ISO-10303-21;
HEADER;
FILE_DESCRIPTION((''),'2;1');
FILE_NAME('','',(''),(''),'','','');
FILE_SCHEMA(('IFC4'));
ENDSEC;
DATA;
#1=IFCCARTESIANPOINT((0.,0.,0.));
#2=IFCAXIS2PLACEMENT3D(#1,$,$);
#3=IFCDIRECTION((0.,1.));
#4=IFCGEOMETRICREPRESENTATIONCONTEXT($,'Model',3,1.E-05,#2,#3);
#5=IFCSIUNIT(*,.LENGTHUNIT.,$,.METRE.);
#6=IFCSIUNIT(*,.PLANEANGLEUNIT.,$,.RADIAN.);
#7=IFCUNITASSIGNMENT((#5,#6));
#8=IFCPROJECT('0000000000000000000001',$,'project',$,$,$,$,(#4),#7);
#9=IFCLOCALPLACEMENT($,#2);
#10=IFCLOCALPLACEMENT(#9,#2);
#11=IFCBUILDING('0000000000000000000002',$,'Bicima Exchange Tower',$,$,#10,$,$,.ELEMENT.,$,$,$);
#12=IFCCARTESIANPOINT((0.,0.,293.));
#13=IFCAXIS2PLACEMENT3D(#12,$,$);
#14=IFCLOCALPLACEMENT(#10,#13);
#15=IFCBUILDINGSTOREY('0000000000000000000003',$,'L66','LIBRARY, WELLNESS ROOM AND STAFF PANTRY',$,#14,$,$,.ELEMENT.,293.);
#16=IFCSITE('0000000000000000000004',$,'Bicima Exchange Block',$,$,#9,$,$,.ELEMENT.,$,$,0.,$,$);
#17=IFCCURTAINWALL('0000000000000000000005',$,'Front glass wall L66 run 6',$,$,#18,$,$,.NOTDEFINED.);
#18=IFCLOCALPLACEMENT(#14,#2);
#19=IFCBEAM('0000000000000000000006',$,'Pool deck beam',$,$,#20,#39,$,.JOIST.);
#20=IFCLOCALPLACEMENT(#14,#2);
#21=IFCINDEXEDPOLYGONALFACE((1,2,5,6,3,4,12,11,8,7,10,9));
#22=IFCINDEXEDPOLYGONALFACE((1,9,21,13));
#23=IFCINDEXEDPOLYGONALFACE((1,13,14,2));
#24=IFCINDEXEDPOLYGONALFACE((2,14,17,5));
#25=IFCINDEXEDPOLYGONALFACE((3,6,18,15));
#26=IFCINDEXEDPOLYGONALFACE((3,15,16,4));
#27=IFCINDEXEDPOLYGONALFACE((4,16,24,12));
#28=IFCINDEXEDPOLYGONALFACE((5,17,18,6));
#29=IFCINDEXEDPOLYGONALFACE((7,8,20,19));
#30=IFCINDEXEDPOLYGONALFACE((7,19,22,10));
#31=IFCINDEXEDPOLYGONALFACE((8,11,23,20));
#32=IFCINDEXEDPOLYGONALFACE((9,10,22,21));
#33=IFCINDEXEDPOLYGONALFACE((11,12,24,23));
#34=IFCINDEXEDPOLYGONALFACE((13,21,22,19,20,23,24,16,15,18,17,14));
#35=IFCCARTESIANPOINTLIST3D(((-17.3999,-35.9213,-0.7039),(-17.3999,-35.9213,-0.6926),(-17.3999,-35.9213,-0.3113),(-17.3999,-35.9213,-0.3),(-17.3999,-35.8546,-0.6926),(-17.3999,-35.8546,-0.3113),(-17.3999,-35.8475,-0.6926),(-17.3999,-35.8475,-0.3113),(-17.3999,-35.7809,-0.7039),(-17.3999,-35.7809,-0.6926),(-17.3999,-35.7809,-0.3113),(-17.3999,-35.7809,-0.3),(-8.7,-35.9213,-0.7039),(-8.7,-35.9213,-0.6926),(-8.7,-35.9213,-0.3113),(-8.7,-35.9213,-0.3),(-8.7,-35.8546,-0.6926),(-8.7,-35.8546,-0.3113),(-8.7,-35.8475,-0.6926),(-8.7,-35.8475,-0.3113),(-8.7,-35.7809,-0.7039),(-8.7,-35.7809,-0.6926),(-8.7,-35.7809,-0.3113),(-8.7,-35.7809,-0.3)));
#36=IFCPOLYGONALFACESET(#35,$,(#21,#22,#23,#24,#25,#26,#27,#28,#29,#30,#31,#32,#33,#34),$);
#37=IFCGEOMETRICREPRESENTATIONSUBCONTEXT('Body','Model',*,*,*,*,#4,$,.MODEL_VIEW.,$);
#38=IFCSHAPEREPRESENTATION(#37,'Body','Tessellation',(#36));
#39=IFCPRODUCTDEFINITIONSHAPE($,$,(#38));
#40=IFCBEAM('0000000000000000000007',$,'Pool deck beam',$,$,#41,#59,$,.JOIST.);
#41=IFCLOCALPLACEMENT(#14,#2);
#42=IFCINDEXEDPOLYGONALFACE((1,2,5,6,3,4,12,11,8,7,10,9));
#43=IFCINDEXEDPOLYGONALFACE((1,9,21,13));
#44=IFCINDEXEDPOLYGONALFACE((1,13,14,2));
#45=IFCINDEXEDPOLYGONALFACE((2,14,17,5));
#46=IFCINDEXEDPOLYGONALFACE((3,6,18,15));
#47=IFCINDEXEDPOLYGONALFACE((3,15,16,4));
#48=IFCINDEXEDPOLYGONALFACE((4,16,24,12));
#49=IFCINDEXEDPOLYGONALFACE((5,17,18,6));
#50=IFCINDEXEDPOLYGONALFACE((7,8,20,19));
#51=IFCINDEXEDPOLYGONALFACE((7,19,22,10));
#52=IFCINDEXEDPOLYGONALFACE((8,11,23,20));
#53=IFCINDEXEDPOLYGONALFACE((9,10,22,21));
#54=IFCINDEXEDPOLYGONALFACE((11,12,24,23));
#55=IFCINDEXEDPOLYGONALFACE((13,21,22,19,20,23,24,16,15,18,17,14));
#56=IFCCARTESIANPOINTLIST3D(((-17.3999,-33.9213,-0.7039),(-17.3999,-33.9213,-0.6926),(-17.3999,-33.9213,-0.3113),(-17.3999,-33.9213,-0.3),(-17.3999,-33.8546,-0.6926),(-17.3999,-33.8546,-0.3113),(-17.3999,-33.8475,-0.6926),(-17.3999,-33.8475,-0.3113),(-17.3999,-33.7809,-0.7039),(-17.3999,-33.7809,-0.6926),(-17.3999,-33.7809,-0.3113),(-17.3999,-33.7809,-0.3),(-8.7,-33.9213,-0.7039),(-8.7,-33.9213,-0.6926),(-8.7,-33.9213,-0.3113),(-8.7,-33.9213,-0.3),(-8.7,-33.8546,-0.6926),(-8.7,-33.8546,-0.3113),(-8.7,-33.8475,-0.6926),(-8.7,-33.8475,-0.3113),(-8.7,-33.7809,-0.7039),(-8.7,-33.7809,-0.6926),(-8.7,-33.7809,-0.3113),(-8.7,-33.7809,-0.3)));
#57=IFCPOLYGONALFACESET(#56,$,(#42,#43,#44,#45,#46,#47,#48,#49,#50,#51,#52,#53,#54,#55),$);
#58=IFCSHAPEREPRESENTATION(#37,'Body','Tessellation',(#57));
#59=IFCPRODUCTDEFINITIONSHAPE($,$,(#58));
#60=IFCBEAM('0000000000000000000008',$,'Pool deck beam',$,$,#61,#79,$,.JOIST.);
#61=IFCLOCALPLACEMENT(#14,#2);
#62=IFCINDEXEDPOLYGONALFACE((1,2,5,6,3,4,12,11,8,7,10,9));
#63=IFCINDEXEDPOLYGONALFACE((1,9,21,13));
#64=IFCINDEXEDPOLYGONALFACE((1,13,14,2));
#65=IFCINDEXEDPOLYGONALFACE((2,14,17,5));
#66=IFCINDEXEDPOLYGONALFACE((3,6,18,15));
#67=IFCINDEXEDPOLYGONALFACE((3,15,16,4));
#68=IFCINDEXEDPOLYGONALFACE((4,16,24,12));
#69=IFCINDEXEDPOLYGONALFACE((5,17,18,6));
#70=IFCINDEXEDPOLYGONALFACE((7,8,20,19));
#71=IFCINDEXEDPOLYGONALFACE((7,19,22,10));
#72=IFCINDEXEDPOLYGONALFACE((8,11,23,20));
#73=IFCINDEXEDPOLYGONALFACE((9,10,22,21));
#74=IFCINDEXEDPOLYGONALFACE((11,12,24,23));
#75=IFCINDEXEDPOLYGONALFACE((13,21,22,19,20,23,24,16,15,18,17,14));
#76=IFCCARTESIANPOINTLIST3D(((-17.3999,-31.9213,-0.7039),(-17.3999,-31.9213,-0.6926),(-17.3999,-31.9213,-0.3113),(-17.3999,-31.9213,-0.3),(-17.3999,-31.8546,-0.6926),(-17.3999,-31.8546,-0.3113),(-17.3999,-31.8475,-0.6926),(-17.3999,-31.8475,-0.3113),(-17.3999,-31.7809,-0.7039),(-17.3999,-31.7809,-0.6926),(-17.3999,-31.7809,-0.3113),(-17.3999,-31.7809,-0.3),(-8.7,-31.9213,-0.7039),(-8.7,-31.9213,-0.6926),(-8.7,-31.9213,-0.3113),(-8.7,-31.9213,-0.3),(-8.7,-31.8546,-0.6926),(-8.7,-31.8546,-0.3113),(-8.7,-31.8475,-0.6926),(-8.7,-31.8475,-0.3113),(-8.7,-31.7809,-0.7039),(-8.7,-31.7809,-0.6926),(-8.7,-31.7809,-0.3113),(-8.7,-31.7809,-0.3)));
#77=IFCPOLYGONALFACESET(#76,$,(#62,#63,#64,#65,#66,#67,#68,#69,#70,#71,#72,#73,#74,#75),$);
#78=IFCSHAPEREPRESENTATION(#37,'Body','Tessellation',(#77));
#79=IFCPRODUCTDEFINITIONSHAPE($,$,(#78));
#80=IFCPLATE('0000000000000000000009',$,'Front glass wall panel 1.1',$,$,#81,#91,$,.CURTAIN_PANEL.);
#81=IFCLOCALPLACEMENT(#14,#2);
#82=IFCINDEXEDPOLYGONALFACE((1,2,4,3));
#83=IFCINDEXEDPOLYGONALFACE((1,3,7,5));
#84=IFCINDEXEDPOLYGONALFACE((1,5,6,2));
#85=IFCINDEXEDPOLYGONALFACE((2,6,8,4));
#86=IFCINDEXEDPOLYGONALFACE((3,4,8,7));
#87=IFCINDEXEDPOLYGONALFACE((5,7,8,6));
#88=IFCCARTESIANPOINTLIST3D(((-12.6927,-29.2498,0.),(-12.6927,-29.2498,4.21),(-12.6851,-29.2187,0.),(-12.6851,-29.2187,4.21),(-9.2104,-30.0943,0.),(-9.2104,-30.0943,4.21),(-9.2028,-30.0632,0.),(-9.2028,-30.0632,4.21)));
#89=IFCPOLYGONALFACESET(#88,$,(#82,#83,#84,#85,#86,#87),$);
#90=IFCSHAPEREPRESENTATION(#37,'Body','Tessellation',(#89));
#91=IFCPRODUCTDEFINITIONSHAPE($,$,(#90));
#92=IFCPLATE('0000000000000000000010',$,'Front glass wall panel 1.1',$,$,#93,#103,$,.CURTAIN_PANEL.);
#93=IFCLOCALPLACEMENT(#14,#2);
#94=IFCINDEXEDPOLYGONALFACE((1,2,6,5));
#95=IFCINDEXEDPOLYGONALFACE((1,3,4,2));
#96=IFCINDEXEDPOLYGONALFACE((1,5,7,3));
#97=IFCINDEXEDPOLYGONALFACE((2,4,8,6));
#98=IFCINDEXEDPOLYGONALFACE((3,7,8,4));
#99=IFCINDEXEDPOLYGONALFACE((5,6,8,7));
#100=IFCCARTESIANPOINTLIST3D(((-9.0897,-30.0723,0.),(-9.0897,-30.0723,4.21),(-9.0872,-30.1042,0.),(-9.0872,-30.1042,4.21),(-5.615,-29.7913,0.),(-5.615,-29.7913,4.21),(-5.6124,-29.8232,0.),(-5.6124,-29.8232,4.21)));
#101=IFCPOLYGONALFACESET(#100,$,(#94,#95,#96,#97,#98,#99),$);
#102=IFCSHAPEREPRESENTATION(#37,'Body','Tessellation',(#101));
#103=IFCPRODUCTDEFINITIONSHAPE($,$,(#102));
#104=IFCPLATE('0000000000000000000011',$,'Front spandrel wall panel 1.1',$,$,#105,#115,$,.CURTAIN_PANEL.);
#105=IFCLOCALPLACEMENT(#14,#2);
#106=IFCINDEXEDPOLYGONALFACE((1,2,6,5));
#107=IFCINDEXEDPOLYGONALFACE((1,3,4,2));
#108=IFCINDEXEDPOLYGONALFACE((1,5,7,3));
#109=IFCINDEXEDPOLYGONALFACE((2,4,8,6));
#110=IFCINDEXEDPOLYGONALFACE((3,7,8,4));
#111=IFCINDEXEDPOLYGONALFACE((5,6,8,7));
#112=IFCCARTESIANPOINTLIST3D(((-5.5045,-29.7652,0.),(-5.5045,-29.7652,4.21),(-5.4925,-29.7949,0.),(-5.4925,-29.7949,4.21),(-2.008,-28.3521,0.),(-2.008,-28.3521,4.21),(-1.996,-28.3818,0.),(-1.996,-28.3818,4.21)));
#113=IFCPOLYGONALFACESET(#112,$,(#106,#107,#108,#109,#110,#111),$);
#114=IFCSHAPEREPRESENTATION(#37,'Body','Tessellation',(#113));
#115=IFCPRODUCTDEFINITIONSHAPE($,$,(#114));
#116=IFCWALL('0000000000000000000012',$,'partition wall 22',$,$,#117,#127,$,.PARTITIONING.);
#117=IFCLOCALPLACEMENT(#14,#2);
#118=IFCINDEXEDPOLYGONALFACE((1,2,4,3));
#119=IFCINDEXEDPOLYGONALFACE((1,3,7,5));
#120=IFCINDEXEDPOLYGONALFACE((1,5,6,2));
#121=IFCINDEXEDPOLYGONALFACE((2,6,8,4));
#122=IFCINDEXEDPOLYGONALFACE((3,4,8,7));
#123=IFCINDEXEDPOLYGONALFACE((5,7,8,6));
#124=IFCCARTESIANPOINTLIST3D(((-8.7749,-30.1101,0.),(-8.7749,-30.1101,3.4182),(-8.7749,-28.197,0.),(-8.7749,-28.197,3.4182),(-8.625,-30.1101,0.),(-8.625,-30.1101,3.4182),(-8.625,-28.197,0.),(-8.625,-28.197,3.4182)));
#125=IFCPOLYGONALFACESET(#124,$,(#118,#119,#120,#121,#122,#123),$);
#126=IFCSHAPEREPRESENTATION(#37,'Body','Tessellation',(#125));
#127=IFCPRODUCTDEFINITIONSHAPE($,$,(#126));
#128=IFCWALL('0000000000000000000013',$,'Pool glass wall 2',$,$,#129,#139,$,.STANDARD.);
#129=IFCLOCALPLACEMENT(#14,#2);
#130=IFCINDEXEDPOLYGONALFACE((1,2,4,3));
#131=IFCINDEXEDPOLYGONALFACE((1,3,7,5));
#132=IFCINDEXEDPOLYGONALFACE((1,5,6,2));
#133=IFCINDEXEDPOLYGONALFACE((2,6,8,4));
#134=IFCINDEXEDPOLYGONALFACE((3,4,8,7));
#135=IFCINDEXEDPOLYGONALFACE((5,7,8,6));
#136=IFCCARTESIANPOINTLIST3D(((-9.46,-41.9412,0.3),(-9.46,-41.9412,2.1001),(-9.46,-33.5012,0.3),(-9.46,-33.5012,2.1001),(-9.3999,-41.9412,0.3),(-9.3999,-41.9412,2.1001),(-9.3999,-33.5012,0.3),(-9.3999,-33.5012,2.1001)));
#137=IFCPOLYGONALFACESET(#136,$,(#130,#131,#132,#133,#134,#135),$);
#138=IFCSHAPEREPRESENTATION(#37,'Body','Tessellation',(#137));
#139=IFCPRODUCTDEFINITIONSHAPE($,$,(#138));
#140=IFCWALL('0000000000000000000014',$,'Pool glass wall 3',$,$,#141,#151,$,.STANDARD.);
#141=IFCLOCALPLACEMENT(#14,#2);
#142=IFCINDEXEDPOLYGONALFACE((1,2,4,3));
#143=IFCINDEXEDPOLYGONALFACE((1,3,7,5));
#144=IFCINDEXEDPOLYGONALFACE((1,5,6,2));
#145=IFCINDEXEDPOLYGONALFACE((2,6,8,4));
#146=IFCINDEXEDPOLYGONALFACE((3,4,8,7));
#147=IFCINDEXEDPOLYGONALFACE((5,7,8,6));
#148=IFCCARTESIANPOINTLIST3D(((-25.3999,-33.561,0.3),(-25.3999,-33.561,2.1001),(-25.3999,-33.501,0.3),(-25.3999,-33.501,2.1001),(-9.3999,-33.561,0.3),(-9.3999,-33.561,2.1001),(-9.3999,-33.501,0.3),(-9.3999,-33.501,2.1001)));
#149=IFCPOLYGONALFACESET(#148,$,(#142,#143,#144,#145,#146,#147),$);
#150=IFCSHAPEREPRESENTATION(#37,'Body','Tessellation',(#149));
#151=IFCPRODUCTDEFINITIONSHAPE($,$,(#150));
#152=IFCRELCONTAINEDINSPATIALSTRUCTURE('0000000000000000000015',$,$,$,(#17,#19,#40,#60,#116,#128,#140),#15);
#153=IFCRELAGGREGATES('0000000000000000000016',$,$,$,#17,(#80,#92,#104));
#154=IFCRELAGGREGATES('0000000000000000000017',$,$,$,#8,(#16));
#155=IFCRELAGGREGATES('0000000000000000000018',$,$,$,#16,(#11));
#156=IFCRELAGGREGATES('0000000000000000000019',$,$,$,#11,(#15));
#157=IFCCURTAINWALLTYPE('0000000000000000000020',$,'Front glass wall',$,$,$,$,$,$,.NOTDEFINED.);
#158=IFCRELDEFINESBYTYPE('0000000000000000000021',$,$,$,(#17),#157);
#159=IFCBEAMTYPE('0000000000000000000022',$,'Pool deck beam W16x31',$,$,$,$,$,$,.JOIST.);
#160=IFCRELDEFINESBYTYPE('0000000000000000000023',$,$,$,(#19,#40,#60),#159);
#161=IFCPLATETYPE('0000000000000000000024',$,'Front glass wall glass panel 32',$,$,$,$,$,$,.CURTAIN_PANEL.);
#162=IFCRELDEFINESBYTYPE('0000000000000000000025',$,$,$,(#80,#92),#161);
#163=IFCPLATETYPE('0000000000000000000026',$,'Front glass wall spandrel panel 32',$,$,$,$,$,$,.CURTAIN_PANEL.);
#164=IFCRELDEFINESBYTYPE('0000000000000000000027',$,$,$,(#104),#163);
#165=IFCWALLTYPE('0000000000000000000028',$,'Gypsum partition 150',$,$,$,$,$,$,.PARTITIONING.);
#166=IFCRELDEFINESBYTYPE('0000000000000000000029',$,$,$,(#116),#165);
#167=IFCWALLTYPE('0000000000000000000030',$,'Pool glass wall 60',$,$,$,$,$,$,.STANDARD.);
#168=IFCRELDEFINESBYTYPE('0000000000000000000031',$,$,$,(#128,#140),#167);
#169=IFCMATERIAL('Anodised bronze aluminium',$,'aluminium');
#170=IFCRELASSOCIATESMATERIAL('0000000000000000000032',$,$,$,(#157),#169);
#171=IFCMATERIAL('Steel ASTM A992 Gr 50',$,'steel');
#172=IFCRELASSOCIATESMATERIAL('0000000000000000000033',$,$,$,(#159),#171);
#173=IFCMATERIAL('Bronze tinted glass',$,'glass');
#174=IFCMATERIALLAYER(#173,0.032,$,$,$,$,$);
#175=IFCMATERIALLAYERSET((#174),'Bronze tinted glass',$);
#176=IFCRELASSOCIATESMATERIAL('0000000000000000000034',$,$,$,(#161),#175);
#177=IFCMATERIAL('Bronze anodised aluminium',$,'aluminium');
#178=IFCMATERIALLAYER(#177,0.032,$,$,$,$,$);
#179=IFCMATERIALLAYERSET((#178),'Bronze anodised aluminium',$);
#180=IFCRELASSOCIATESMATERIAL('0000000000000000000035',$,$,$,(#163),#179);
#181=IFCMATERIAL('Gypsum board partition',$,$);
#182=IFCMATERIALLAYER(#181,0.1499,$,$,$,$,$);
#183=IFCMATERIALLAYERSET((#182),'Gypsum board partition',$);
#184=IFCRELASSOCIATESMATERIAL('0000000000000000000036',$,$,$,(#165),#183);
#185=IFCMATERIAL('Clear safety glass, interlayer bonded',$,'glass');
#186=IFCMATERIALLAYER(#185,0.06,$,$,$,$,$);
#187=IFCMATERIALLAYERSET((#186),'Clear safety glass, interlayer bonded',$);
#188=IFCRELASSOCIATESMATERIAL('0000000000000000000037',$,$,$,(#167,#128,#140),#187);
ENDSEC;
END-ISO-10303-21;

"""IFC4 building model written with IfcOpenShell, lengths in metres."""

from ifc_helpers import new_model, si_unit, direction, frame, frame_2d, origin, origin_2d, place, context, subcontext, project, spatial, rectangle, i_section, extrude, material, layer, layer_set, layer_usage, material_profile, profile_set, type_object, element, aggregate, save


model = new_model("IFC4")

# Units and contexts
model_context = context("Model", 3, precision=1e-05, world=origin(), true_north=direction((0.0, 1.0)))
body_context = subcontext(model_context, "Body", "Model", "MODEL_VIEW")
ifc_project = project(units=[si_unit("LENGTHUNIT", "METRE"), si_unit("PLANEANGLEUNIT", "RADIAN")], contexts=[model_context])

# Site, building, storey
site_placement = place(None, origin())
site = spatial("IfcSite", under=ifc_project, at=site_placement, Name="Bicima Exchange Block", CompositionType="ELEMENT", RefElevation=0.0)
building_placement = place(site_placement, origin())
building = spatial("IfcBuilding", under=site, at=building_placement, Name="Bicima Exchange Tower", CompositionType="ELEMENT")
storey_placement = place(building_placement, frame((0.0, 0.0, 293.0)))
storey = spatial("IfcBuildingStorey", under=building, at=storey_placement, Name="L66", Description="LIBRARY, WELLNESS ROOM AND STAFF PANTRY", CompositionType="ELEMENT", Elevation=293.0)

# Curtain wall
ifc_material_1 = material(Name="Anodised bronze aluminium", Category="aluminium")
curtain_wall_type = type_object("IfcCurtainWallType", Name="Front glass wall", PredefinedType="NOTDEFINED", material=ifc_material_1)
curtain_wall_placement = place(storey_placement, origin())
curtain_wall = element("IfcCurtainWall", 1, at=curtain_wall_placement, inside=storey, type_object=curtain_wall_type, Name="Front glass wall L66 run 6", PredefinedType="NOTDEFINED")

# Beams
ifc_material_2 = material(Name="Steel ASTM A992 Gr 50", Category="steel")
ifc_material_profile_1 = material_profile(ifc_material_2, i_section(OverallWidth=0.1404, OverallDepth=0.4038, WebThickness=0.0071, FlangeThickness=0.0112, at=origin_2d()))
ifc_profile_set_1 = profile_set([ifc_material_profile_1], Name="Steel ASTM A992 Gr 50")
beam_type = type_object("IfcBeamType", Name="Pool deck beam W16x31", PredefinedType="JOIST", material=ifc_profile_set_1)
for number, where, z_axis, x_axis, name in (
    (2, (-17.3999, -35.8511, -0.502), (1.0, 0.0, 0.0), (0.0, 1.0, 0.0), "Pool deck beam"),
    (3, (-17.3999, -33.8511, -0.502), (1.0, 0.0, 0.0), (0.0, 1.0, 0.0), "Pool deck beam"),
    (4, (-17.3999, -31.8511, -0.502), (1.0, 0.0, 0.0), (0.0, 1.0, 0.0), "Pool deck beam"),
):
    element("IfcBeam", number, at=place(storey_placement, frame(where, z_axis=z_axis, x_axis=x_axis)), inside=storey, type_object=beam_type, Name=name, PredefinedType="JOIST", context=body_context, shape_type="SweptSolid", body=[
        extrude(i_section(OverallWidth=0.1404, OverallDepth=0.4038, WebThickness=0.0071, FlangeThickness=0.0112, at=origin_2d()), origin(), (0.0, 0.0, 1.0), 8.7),
    ])

# Plates
ifc_material_3 = material(Name="Bronze tinted glass", Category="glass")
ifc_layer_1 = layer(ifc_material_3, 0.032)
ifc_layer_set_1 = layer_set([ifc_layer_1], Name="Bronze tinted glass")
plate_type_1 = type_object("IfcPlateType", Name="Front glass wall glass panel 32", PredefinedType="CURTAIN_PANEL", material=ifc_layer_set_1)
plate_1_placement = place(storey_placement, frame((-10.9478, -29.6565, 0.0), z_axis=(0.0, 0.0, 1.0), x_axis=(0.97183, -0.235682, 0.0)))
plate_1 = element("IfcPlate", 5, at=plate_1_placement, type_object=plate_type_1, Name="Front glass wall panel 1.1", PredefinedType="CURTAIN_PANEL", context=body_context, shape_type="SweptSolid", body=[
    extrude(rectangle(XDim=3.5833, YDim=0.032, at=origin_2d()), origin(), (0.0, 0.0, 1.0), 4.21),
])
plate_2_placement = place(storey_placement, frame((-7.3511, -29.9478, 0.0), z_axis=(0.0, 0.0, 1.0), x_axis=(0.996747, 0.080589, 0.0)))
plate_2 = element("IfcPlate", 6, at=plate_2_placement, type_object=plate_type_1, Name="Front glass wall panel 1.1", PredefinedType="CURTAIN_PANEL", context=body_context, shape_type="SweptSolid", body=[
    extrude(rectangle(XDim=3.4861, YDim=0.032, at=origin_2d()), origin(), (0.0, 0.0, 1.0), 4.21),
])
ifc_material_4 = material(Name="Bronze anodised aluminium", Category="aluminium")
ifc_layer_2 = layer(ifc_material_4, 0.032)
ifc_layer_set_2 = layer_set([ifc_layer_2], Name="Bronze anodised aluminium")
plate_type_2 = type_object("IfcPlateType", Name="Front glass wall spandrel panel 32", PredefinedType="CURTAIN_PANEL", material=ifc_layer_set_2)
plate_3_placement = place(storey_placement, frame((-3.7502, -29.0735, 0.0), z_axis=(0.0, 0.0, 1.0), x_axis=(0.927144, 0.374705, 0.0)))
plate_3 = element("IfcPlate", 7, at=plate_3_placement, type_object=plate_type_2, Name="Front spandrel wall panel 1.1", PredefinedType="CURTAIN_PANEL", context=body_context, shape_type="SweptSolid", body=[
    extrude(rectangle(XDim=3.7712, YDim=0.032, at=origin_2d()), origin(), (0.0, 0.0, 1.0), 4.21),
])
aggregate(curtain_wall, [plate_1, plate_2, plate_3])

# Walls
ifc_material_5 = material(Name="Gypsum board partition")
ifc_layer_3 = layer(ifc_material_5, 0.1499)
ifc_layer_set_3 = layer_set([ifc_layer_3], Name="Gypsum board partition")
wall_type_1 = type_object("IfcWallType", Name="Gypsum partition 150", PredefinedType="PARTITIONING", material=ifc_layer_set_3)
wall_1_placement = place(storey_placement, frame((-8.7, -30.1101, 0.0), z_axis=(0.0, 0.0, 1.0), x_axis=(0.0, 1.0, 0.0)))
element("IfcWall", 8, at=wall_1_placement, inside=storey, type_object=wall_type_1, Name="partition wall 22", PredefinedType="PARTITIONING", context=body_context, shape_type="SweptSolid", body=[
    extrude(rectangle(XDim=1.9131, YDim=0.1499, at=frame_2d((0.9565, 0.0))), origin(), (0.0, 0.0, 1.0), 3.4182),
])
ifc_material_6 = material(Name="Clear safety glass, interlayer bonded", Category="glass")
ifc_layer_4 = layer(ifc_material_6, 0.06)
ifc_layer_set_4 = layer_set([ifc_layer_4], Name="Clear safety glass, interlayer bonded")
ifc_layer_usage = layer_usage(ifc_layer_set_4, "AXIS2", "POSITIVE", -0.03)
wall_type_2 = type_object("IfcWallType", Name="Pool glass wall 60", PredefinedType="STANDARD", material=ifc_layer_set_4)
wall_2_placement = place(storey_placement, frame((-9.4299, -41.9412, 0.3), z_axis=(0.0, 0.0, 1.0), x_axis=(0.0, 1.0, 0.0)))
element("IfcWall", 9, at=wall_2_placement, inside=storey, type_object=wall_type_2, material=ifc_layer_usage, Name="Pool glass wall 2", PredefinedType="STANDARD", context=body_context, shape_type="SweptSolid", body=[
    extrude(rectangle(XDim=8.4399, YDim=0.0601, at=frame_2d((4.22, 0.0))), origin(), (0.0, 0.0, 1.0), 1.8),
])
wall_3_placement = place(storey_placement, frame((-9.3999, -33.531, 0.3), z_axis=(0.0, 0.0, 1.0), x_axis=(-1.0, 0.0, 0.0)))
element("IfcWall", 10, at=wall_3_placement, inside=storey, type_object=wall_type_2, material=ifc_layer_usage, Name="Pool glass wall 3", PredefinedType="STANDARD", context=body_context, shape_type="SweptSolid", body=[
    extrude(rectangle(XDim=16.0, YDim=0.0601, at=frame_2d((8.0, 0.0))), origin(), (0.0, 0.0, 1.0), 1.8),
])

save(model, "model.ifc")
